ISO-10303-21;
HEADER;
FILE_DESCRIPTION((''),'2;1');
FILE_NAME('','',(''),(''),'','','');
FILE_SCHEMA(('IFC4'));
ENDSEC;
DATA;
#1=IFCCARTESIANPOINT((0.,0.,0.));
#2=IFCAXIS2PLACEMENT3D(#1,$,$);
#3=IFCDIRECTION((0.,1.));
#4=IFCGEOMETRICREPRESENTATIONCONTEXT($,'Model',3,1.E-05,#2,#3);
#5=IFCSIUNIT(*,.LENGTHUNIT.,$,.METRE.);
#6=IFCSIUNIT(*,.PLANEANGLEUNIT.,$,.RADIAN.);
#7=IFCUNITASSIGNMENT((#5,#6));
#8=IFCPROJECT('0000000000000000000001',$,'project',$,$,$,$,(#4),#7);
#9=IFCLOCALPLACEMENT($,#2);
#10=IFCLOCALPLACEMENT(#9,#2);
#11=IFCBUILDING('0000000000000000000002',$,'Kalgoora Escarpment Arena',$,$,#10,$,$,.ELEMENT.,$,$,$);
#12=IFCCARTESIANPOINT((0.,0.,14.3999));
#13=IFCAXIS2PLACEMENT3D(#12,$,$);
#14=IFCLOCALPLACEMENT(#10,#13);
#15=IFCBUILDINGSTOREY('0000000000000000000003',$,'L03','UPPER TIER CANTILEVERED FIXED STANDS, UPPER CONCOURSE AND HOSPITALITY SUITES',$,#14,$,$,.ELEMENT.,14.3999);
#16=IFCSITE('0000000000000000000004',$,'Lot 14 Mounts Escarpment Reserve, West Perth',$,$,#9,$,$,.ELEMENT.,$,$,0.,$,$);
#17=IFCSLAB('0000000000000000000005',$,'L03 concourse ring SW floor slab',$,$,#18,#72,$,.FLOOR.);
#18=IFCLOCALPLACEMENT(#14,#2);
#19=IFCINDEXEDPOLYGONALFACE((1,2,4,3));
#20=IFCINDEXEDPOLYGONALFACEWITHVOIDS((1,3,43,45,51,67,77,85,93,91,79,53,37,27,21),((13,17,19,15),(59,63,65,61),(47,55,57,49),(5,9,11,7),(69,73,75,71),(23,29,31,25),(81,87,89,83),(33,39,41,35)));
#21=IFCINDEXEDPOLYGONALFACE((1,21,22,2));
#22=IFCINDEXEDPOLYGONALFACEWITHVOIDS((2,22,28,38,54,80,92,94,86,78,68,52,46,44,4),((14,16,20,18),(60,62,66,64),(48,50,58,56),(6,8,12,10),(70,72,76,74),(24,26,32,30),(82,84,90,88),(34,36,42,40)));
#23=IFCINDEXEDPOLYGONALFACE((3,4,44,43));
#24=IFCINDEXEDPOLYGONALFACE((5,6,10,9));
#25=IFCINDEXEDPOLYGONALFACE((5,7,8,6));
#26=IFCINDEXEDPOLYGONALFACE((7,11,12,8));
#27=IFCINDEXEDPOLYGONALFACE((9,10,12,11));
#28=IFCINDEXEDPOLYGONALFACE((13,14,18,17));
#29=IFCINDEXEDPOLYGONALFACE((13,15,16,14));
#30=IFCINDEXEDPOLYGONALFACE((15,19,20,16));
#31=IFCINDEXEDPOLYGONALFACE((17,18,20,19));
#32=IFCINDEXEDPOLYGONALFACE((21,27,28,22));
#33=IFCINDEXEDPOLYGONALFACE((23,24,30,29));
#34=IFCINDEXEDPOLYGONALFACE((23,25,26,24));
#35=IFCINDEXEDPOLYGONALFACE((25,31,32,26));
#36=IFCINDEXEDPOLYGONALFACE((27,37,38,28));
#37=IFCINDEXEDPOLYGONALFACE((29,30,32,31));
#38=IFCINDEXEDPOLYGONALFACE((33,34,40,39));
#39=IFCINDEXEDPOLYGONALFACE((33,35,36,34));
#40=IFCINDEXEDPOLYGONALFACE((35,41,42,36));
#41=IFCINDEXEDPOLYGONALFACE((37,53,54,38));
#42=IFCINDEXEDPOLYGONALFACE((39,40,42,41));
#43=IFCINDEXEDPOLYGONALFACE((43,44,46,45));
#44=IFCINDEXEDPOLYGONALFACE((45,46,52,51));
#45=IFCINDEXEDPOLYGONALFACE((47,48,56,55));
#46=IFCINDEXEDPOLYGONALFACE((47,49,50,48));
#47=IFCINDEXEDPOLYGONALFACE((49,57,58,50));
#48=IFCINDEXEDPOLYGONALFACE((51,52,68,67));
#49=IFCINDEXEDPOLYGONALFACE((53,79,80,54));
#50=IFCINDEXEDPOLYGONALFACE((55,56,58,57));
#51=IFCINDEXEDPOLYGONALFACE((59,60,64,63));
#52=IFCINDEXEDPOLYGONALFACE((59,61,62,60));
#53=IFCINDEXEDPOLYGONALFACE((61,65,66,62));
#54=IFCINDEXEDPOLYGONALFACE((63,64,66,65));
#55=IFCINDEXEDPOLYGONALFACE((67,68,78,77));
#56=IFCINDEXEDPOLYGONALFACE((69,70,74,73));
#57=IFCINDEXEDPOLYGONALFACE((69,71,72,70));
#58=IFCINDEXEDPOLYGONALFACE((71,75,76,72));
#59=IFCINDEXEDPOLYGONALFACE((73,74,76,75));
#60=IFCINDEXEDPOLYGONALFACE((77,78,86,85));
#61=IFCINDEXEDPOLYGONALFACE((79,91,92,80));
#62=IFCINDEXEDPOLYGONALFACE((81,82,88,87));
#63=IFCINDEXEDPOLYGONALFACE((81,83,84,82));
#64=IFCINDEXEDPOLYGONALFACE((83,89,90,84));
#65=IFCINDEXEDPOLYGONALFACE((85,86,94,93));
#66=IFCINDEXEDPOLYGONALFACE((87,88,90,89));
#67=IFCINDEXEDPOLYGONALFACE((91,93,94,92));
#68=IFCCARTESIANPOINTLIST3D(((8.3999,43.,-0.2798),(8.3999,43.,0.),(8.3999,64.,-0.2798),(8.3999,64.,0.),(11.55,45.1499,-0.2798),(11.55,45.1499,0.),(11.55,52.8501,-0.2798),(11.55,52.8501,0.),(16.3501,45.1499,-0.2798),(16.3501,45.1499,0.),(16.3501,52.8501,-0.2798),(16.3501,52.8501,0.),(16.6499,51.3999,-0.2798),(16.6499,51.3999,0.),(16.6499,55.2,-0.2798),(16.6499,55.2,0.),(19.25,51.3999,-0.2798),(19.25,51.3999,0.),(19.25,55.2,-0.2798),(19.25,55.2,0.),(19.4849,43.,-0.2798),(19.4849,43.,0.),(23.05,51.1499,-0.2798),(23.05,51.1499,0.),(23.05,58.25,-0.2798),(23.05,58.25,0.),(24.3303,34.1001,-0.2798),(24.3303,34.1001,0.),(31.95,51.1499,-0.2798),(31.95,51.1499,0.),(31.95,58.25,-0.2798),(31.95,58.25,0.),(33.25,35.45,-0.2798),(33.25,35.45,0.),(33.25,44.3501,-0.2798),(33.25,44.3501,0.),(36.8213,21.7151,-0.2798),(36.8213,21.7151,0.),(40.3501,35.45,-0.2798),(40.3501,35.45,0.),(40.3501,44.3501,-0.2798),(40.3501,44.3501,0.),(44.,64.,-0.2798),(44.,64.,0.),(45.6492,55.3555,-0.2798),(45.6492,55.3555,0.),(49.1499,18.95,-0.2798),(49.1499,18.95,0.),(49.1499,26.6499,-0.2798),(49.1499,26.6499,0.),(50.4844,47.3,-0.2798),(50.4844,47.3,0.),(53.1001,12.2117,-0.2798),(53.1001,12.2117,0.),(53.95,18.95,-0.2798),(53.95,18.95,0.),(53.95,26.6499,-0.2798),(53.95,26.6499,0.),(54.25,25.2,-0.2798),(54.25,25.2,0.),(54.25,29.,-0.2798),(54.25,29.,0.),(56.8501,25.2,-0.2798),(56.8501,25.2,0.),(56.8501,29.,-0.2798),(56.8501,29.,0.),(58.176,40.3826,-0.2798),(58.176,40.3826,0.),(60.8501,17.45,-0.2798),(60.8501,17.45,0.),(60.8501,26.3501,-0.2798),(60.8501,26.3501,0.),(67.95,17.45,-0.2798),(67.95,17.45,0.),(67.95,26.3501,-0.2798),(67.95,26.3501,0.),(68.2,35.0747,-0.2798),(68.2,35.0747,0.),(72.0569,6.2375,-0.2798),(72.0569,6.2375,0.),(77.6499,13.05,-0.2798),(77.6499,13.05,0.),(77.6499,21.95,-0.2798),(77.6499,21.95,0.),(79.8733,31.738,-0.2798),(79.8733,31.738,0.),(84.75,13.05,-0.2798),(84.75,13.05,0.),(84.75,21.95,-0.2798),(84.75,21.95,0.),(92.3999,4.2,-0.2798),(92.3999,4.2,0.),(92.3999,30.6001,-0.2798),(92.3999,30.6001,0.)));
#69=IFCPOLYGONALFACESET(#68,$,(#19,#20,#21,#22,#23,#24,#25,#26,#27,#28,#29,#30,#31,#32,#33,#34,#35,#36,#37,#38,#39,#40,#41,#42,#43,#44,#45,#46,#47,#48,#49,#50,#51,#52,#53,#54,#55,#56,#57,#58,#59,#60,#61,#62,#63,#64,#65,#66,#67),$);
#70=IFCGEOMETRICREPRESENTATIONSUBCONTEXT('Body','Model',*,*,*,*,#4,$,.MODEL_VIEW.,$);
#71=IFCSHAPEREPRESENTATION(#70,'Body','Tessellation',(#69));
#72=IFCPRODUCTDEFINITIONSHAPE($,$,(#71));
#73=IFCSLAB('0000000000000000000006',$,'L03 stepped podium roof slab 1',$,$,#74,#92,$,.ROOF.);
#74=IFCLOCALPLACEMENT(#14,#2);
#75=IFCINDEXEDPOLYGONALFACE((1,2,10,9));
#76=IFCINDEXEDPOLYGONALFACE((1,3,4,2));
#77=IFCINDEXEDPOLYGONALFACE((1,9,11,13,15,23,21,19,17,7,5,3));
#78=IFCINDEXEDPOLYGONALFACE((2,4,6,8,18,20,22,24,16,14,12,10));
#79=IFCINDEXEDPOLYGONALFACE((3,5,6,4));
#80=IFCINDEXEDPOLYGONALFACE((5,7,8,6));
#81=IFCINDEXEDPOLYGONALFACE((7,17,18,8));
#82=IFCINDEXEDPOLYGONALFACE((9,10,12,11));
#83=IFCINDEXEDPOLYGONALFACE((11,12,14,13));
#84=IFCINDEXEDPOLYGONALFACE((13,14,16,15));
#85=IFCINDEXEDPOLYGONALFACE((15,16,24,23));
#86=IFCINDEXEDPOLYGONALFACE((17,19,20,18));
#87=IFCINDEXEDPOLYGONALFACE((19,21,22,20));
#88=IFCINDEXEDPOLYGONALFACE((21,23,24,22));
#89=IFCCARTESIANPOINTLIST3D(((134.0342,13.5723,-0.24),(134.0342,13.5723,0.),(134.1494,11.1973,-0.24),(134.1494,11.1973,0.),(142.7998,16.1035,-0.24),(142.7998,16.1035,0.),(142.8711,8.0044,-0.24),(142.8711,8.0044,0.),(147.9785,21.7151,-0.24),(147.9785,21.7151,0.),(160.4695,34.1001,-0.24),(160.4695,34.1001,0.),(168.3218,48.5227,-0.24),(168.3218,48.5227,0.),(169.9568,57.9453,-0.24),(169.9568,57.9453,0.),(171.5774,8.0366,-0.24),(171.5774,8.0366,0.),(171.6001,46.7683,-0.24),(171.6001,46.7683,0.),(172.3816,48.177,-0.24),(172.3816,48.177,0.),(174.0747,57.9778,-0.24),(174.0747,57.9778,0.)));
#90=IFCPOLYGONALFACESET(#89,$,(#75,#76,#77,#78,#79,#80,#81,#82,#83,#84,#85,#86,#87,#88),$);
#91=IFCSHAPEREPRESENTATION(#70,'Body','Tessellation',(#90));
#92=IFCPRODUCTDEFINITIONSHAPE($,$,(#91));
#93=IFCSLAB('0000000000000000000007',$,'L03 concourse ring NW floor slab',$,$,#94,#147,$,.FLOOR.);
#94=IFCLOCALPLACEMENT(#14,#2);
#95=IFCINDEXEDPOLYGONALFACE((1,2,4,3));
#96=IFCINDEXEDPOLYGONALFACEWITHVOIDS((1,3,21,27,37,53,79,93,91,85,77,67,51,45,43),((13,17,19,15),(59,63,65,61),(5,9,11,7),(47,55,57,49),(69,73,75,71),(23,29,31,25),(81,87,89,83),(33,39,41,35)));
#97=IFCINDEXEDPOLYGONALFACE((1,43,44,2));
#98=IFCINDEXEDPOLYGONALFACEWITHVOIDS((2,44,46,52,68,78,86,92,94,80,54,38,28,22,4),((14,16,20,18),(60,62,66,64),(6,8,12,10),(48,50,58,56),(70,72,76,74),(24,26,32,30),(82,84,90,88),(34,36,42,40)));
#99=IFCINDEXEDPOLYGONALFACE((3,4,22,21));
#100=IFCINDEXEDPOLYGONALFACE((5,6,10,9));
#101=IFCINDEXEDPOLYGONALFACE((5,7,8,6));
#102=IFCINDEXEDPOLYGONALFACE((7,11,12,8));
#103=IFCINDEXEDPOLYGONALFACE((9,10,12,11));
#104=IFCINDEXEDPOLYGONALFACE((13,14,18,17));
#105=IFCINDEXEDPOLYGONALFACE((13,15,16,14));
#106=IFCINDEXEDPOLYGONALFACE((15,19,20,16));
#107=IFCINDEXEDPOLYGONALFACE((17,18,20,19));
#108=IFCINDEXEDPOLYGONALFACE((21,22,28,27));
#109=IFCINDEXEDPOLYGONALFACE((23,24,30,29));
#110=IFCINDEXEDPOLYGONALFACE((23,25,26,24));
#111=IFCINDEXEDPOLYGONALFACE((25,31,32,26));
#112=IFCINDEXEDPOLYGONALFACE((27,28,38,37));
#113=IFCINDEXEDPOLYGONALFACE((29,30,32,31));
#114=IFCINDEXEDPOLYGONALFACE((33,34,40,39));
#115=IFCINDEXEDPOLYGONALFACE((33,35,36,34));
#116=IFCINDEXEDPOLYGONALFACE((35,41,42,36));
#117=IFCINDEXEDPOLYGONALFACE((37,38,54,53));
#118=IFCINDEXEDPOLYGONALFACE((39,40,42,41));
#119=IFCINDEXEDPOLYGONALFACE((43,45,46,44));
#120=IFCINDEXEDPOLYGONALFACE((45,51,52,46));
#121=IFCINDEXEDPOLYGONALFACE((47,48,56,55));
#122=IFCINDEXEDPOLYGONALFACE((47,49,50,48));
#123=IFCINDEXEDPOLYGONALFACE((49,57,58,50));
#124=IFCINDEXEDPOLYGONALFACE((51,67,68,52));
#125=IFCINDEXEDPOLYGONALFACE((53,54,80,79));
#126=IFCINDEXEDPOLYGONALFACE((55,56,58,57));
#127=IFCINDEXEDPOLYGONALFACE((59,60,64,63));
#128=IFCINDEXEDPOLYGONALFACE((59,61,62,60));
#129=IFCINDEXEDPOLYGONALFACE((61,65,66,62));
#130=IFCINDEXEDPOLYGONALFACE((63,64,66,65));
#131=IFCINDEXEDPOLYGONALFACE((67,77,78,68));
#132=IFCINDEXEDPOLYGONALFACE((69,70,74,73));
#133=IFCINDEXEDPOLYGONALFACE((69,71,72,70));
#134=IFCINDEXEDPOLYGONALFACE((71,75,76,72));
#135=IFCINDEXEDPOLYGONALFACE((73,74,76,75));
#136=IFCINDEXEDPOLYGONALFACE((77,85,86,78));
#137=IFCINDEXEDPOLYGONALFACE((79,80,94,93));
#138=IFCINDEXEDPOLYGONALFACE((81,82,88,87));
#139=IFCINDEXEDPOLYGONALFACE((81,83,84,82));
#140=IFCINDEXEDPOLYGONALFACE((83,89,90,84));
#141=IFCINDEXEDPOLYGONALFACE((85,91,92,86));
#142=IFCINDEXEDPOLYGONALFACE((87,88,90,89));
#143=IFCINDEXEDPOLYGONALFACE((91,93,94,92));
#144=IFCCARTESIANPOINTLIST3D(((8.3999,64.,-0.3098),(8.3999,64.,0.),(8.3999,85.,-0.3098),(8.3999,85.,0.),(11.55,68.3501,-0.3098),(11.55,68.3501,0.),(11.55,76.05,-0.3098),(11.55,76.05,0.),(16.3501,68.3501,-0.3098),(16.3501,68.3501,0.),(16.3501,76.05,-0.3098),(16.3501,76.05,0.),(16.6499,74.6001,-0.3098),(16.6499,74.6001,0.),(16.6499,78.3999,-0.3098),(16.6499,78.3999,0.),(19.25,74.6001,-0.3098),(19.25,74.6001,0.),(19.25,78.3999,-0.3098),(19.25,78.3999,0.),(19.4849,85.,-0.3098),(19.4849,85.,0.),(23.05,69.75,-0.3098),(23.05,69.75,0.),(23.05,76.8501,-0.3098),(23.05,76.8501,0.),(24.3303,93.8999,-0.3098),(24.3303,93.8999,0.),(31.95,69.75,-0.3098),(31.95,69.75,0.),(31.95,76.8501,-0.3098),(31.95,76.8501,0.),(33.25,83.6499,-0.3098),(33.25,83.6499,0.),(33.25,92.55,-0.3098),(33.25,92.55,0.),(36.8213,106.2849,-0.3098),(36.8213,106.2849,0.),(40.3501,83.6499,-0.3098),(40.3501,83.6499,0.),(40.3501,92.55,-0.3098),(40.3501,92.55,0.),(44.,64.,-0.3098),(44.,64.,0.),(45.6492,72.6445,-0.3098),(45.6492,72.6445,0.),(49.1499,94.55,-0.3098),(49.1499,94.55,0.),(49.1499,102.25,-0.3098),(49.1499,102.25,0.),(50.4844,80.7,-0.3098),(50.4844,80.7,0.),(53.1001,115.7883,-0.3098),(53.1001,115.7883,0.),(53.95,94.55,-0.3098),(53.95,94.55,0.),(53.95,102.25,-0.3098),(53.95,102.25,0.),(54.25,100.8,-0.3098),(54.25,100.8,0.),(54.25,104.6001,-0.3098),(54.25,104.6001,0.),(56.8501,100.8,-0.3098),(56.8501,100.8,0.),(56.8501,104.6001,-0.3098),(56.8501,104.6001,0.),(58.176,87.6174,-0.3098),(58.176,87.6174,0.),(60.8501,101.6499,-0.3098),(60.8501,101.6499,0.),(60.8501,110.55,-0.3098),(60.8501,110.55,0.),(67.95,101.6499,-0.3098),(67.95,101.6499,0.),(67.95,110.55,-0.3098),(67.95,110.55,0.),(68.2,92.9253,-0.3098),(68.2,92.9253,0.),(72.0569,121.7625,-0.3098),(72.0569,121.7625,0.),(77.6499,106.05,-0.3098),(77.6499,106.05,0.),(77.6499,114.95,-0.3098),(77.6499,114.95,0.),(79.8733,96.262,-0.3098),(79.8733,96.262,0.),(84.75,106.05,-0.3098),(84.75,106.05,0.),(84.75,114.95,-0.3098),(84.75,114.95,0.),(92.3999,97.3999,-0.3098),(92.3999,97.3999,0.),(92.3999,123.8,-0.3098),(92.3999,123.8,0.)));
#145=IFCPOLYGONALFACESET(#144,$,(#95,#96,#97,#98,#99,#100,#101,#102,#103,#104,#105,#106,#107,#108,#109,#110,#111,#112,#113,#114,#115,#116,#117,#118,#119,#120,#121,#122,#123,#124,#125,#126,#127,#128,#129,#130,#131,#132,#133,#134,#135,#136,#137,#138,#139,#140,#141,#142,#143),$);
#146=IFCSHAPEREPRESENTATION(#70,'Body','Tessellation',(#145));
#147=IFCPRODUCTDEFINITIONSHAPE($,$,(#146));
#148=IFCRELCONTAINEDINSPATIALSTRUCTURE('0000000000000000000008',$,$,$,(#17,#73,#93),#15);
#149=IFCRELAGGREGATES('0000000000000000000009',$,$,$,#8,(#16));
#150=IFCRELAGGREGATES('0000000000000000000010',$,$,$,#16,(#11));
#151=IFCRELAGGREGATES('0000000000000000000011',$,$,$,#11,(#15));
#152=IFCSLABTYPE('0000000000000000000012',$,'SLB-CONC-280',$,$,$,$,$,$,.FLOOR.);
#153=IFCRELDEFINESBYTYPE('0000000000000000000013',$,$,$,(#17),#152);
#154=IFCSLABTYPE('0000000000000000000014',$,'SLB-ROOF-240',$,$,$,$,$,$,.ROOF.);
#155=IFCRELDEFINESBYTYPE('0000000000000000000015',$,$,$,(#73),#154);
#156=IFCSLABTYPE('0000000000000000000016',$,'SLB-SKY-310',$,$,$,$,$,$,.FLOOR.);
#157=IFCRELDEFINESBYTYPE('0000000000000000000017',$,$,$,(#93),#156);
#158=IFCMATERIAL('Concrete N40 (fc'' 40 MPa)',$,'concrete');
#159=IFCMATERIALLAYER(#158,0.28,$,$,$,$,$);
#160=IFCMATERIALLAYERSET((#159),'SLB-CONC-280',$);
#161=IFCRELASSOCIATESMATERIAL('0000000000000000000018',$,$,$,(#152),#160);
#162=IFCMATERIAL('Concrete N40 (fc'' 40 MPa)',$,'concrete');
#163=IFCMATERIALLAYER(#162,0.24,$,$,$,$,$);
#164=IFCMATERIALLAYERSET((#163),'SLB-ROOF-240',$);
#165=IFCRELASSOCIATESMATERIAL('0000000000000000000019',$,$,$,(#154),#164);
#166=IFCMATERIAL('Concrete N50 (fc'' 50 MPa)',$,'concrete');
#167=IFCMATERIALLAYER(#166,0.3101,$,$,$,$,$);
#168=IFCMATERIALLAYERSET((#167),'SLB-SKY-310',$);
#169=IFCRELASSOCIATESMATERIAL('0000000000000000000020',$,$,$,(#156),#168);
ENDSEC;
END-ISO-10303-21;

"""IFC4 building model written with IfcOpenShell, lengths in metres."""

from ifc_helpers import new_model, si_unit, direction, frame, origin, place, context, subcontext, project, spatial, polyline, outline, extrude, material, layer, layer_set, type_object, element, save


model = new_model("IFC4")

# Units and contexts
model_context = context("Model", 3, precision=1e-05, world=origin(), true_north=direction((0.0, 1.0)))
body_context = subcontext(model_context, "Body", "Model", "MODEL_VIEW")
ifc_project = project(units=[si_unit("LENGTHUNIT", "METRE"), si_unit("PLANEANGLEUNIT", "RADIAN")], contexts=[model_context])

# Site, building, storey
site_placement = place(None, origin())
site = spatial("IfcSite", under=ifc_project, at=site_placement, Name="Lot 14 Mounts Escarpment Reserve, West Perth", CompositionType="ELEMENT", RefElevation=0.0)
building_placement = place(site_placement, origin())
building = spatial("IfcBuilding", under=site, at=building_placement, Name="Kalgoora Escarpment Arena", CompositionType="ELEMENT")
storey_placement = place(building_placement, frame((0.0, 0.0, 14.3999)))
storey = spatial("IfcBuildingStorey", under=building, at=storey_placement, Name="L03", Description="UPPER TIER CANTILEVERED FIXED STANDS, UPPER CONCOURSE AND HOSPITALITY SUITES", CompositionType="ELEMENT", Elevation=14.3999)

# Slabs
ifc_material_1 = material(Name="Concrete N40 (fc' 40 MPa)", Category="concrete")
ifc_layer_1 = layer(ifc_material_1, 0.28)
ifc_layer_set_1 = layer_set([ifc_layer_1], Name="SLB-CONC-280")
slab_type_1 = type_object("IfcSlabType", Name="SLB-CONC-280", PredefinedType="FLOOR", material=ifc_layer_set_1)
slab_1_placement = place(storey_placement, frame((0.0, 0.0, -0.2798)))
element("IfcSlab", 1, at=slab_1_placement, inside=storey, type_object=slab_type_1, Name="L03 concourse ring SW floor slab", PredefinedType="FLOOR", context=body_context, shape_type="SweptSolid", body=[
    extrude(outline(polyline([(72.0569, 6.2375), (53.1001, 12.2117), (36.8213, 21.7151), (24.3303, 34.1001), (19.4849, 43.0), (8.3999, 43.0), (8.3999, 64.0), (44.0, 64.0), (45.6492, 55.3555), (50.4844, 47.3), (58.176, 40.3826), (68.2, 35.0747), (79.8733, 31.738), (92.3999, 30.6001), (92.3999, 4.2), (72.0569, 6.2375)]), holes=[polyline([(60.8501, 26.3501), (60.8501, 17.45), (67.95, 17.45), (67.95, 26.3501), (60.8501, 26.3501)]), polyline([(53.95, 26.6499), (49.1499, 26.6499), (49.1499, 18.95), (53.95, 18.95), (53.95, 26.6499)]), polyline([(56.8501, 29.0), (54.25, 29.0), (54.25, 25.2), (56.8501, 25.2), (56.8501, 29.0)]), polyline([(40.3501, 44.3501), (33.25, 44.3501), (33.25, 35.45), (40.3501, 35.45), (40.3501, 44.3501)]), polyline([(16.3501, 52.8501), (11.55, 52.8501), (11.55, 45.1499), (16.3501, 45.1499), (16.3501, 52.8501)]), polyline([(19.25, 55.2), (16.6499, 55.2), (16.6499, 51.3999), (19.25, 51.3999), (19.25, 55.2)]), polyline([(31.95, 58.25), (23.05, 58.25), (23.05, 51.1499), (31.95, 51.1499), (31.95, 58.25)]), polyline([(77.6499, 21.95), (77.6499, 13.05), (84.75, 13.05), (84.75, 21.95), (77.6499, 21.95)])]), origin(), (0.0, 0.0, 1.0), 0.2798),
])
ifc_material_2 = material(Name="Concrete N40 (fc' 40 MPa)", Category="concrete")
ifc_layer_2 = layer(ifc_material_2, 0.24)
ifc_layer_set_2 = layer_set([ifc_layer_2], Name="SLB-ROOF-240")
slab_type_2 = type_object("IfcSlabType", Name="SLB-ROOF-240", PredefinedType="ROOF", material=ifc_layer_set_2)
slab_2_placement = place(storey_placement, frame((0.0, 0.0, -0.24)))
element("IfcSlab", 2, at=slab_2_placement, inside=storey, type_object=slab_type_2, Name="L03 stepped podium roof slab 1", PredefinedType="ROOF", context=body_context, shape_type="SweptSolid", body=[
    extrude(outline(polyline([(134.1494, 11.1973), (134.0342, 13.5723), (147.9785, 21.7151), (160.4695, 34.1001), (168.3218, 48.5227), (169.9568, 57.9453), (174.0747, 57.9778), (172.3816, 48.177), (171.6001, 46.7683), (171.5774, 8.0366), (142.8711, 8.0044), (142.7998, 16.1035), (134.1494, 11.1973)])), origin(), (0.0, 0.0, 1.0), 0.24),
])
ifc_material_3 = material(Name="Concrete N50 (fc' 50 MPa)", Category="concrete")
ifc_layer_3 = layer(ifc_material_3, 0.3101)
ifc_layer_set_3 = layer_set([ifc_layer_3], Name="SLB-SKY-310")
slab_type_3 = type_object("IfcSlabType", Name="SLB-SKY-310", PredefinedType="FLOOR", material=ifc_layer_set_3)
slab_3_placement = place(storey_placement, frame((0.0, 0.0, -0.3098)))
element("IfcSlab", 3, at=slab_3_placement, inside=storey, type_object=slab_type_3, Name="L03 concourse ring NW floor slab", PredefinedType="FLOOR", context=body_context, shape_type="SweptSolid", body=[
    extrude(outline(polyline([(24.3303, 93.8999), (36.8213, 106.2849), (53.1001, 115.7883), (72.0569, 121.7625), (92.3999, 123.8), (92.3999, 97.3999), (79.8733, 96.262), (68.2, 92.9253), (58.176, 87.6174), (50.4844, 80.7), (45.6492, 72.6445), (44.0, 64.0), (8.3999, 64.0), (8.3999, 85.0), (19.4849, 85.0), (24.3303, 93.8999)]), holes=[polyline([(11.55, 76.05), (11.55, 68.3501), (16.3501, 68.3501), (16.3501, 76.05), (11.55, 76.05)]), polyline([(31.95, 76.8501), (23.05, 76.8501), (23.05, 69.75), (31.95, 69.75), (31.95, 76.8501)]), polyline([(19.25, 78.3999), (16.6499, 78.3999), (16.6499, 74.6001), (19.25, 74.6001), (19.25, 78.3999)]), polyline([(40.3501, 92.55), (33.25, 92.55), (33.25, 83.6499), (40.3501, 83.6499), (40.3501, 92.55)]), polyline([(53.95, 102.25), (49.1499, 102.25), (49.1499, 94.55), (53.95, 94.55), (53.95, 102.25)]), polyline([(56.8501, 104.6001), (54.25, 104.6001), (54.25, 100.8), (56.8501, 100.8), (56.8501, 104.6001)]), polyline([(67.95, 110.55), (60.8501, 110.55), (60.8501, 101.6499), (67.95, 101.6499), (67.95, 110.55)]), polyline([(84.75, 114.95), (77.6499, 114.95), (77.6499, 106.05), (84.75, 106.05), (84.75, 114.95)])]), origin(), (0.0, 0.0, 1.0), 0.3098),
])

save(model, "model.ifc")
